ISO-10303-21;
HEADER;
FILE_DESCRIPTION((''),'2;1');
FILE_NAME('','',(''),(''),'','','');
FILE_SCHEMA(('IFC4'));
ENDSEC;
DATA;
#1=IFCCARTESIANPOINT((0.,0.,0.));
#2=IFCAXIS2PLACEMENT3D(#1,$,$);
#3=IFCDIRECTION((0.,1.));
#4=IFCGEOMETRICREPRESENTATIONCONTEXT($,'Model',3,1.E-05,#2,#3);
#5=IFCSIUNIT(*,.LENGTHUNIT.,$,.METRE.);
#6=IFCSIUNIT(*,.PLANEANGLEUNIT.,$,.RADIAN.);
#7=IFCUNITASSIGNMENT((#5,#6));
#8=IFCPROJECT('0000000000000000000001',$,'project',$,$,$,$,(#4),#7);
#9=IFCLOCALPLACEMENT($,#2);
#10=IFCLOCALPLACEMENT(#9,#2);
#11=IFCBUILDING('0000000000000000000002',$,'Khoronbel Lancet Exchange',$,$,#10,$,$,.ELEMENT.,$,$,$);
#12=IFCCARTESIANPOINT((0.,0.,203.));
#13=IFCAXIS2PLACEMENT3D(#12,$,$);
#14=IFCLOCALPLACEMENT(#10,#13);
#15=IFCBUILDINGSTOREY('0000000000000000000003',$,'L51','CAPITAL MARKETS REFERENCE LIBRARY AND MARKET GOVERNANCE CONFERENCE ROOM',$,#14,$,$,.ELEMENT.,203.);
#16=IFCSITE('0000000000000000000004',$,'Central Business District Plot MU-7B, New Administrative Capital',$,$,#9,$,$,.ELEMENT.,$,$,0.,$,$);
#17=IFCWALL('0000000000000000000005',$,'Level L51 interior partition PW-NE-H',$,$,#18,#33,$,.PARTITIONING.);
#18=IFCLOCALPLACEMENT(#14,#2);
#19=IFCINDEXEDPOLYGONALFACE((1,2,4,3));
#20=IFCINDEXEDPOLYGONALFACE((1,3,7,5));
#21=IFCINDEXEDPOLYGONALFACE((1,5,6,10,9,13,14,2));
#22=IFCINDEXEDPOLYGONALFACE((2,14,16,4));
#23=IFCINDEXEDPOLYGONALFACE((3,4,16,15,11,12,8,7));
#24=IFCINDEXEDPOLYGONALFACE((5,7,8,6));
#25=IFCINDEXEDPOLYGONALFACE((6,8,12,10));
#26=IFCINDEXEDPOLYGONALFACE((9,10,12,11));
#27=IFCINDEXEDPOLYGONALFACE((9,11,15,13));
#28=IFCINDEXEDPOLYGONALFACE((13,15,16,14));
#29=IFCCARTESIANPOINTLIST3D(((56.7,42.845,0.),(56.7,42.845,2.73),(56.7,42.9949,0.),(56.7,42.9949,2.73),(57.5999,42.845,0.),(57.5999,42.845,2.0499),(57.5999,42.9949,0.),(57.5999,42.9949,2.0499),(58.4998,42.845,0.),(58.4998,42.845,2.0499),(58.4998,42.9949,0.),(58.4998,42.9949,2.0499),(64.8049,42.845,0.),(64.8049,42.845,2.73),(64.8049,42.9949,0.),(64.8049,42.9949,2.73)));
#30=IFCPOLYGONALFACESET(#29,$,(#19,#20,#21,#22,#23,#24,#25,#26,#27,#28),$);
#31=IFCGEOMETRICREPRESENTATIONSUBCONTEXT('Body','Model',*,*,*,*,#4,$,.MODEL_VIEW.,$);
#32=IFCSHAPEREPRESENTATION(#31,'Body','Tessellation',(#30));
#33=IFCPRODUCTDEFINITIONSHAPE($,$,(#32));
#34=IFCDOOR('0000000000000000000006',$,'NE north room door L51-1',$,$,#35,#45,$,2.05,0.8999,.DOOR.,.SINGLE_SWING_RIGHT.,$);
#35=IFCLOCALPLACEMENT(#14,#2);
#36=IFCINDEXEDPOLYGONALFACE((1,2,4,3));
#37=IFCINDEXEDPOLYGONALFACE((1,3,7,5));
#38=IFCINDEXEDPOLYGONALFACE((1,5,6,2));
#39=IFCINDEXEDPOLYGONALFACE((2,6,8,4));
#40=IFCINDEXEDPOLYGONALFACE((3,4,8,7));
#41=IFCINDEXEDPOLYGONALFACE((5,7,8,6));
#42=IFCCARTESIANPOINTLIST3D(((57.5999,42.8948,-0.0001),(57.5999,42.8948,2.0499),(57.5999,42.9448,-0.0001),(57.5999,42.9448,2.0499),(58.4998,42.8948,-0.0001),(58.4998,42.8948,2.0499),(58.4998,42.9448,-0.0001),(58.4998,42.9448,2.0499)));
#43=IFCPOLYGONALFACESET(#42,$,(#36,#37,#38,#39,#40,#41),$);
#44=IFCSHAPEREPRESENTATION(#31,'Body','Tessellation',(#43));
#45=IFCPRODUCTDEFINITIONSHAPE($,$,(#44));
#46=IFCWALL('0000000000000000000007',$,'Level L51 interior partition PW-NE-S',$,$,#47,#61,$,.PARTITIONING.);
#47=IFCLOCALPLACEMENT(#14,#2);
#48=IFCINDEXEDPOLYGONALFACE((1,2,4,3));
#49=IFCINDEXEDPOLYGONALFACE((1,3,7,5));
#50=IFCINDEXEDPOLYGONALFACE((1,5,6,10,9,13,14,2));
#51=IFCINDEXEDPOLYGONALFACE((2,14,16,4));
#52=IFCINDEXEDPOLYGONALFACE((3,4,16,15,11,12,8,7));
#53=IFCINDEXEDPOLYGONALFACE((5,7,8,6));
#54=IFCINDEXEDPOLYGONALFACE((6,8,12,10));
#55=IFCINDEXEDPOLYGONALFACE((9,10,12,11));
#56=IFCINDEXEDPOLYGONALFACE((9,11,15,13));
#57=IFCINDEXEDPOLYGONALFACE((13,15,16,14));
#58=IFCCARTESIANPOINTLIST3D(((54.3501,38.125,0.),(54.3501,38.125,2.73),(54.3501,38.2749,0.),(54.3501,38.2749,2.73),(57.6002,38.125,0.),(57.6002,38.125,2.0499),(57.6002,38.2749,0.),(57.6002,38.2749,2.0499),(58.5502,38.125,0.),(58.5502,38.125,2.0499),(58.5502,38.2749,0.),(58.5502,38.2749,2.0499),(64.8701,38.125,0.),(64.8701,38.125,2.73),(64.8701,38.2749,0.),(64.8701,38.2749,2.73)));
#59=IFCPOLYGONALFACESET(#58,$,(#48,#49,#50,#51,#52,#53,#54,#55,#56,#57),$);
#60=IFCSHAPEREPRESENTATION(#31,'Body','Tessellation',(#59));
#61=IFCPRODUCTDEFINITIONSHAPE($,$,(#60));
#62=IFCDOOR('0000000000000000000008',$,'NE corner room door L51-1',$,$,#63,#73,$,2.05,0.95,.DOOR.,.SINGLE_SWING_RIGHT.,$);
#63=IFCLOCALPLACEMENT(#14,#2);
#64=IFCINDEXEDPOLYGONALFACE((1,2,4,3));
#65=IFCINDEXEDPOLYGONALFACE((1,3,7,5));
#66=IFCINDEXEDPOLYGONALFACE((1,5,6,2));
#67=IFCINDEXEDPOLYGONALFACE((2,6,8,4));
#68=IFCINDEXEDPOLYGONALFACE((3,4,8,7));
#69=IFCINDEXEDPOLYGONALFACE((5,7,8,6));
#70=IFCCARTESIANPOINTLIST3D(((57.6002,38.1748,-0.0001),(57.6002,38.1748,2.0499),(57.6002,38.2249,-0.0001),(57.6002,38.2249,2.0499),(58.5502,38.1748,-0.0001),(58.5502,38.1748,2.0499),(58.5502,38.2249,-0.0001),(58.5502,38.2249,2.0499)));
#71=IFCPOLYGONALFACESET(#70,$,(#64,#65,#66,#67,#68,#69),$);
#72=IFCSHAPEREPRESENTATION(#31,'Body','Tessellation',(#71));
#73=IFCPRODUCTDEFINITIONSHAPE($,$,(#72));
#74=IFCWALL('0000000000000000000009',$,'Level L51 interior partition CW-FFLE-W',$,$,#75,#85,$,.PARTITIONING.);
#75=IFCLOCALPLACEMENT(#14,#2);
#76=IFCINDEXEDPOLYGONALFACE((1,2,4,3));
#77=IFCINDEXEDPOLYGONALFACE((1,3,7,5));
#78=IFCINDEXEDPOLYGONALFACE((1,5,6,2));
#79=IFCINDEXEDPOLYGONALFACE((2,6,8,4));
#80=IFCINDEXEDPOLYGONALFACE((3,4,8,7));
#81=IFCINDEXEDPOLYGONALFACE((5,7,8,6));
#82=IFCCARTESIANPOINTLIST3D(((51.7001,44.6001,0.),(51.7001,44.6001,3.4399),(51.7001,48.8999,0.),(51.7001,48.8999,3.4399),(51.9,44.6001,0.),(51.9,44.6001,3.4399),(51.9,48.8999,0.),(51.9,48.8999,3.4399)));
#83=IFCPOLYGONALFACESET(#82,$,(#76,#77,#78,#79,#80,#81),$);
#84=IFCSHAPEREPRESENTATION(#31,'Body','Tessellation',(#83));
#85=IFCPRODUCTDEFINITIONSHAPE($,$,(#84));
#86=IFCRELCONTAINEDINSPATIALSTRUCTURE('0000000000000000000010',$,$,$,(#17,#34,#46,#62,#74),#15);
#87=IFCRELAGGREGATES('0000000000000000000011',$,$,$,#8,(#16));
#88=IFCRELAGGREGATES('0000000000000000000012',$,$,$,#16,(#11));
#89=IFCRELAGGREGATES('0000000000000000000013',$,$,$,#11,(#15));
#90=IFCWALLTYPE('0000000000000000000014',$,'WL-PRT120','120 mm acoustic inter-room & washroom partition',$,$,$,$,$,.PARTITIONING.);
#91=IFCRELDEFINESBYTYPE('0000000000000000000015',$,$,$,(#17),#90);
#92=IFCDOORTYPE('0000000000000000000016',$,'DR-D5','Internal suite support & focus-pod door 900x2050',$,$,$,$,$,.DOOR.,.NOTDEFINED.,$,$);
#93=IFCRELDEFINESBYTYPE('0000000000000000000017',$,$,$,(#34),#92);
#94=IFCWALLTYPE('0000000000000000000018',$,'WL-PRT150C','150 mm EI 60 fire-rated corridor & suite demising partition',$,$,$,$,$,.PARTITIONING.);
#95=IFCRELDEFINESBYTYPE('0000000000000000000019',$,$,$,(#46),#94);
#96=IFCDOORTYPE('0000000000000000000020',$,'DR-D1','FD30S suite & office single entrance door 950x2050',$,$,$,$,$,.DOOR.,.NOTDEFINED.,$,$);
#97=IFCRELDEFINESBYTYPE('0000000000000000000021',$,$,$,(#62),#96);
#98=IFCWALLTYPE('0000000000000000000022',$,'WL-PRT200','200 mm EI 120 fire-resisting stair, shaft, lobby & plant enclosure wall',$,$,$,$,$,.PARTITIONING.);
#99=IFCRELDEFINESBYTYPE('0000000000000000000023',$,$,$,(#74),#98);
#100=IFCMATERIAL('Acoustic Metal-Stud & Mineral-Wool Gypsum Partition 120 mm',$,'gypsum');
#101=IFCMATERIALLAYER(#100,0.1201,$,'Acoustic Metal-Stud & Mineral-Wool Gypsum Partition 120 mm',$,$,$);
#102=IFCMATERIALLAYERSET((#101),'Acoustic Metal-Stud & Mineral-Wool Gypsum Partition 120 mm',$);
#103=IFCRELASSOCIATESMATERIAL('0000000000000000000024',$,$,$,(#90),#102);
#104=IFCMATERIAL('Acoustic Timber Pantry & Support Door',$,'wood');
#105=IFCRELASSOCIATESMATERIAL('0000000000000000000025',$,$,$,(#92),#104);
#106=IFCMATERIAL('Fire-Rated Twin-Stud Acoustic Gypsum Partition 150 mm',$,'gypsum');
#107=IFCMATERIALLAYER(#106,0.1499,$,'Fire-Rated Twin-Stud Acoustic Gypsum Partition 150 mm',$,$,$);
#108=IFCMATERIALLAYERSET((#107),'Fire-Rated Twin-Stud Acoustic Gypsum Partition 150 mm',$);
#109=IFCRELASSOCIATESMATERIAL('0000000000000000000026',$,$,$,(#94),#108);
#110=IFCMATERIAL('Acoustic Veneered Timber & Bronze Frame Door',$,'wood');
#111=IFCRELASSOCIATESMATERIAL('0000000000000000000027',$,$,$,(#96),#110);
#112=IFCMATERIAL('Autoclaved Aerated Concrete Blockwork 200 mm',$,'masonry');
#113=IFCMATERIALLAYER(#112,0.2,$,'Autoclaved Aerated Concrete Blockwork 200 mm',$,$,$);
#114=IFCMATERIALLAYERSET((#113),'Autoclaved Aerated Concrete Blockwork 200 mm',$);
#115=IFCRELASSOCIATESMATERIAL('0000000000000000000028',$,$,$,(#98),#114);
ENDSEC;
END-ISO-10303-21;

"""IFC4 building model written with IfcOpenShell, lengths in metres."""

from ifc_helpers import new_model, si_unit, direction, frame, frame_2d, origin, place, context, subcontext, project, spatial, rectangle, extrude, material, layer, layer_set, type_object, element, fill, save


model = new_model("IFC4")

# Units and contexts
model_context = context("Model", 3, precision=1e-05, world=origin(), true_north=direction((0.0, 1.0)))
body_context = subcontext(model_context, "Body", "Model", "MODEL_VIEW")
ifc_project = project(units=[si_unit("LENGTHUNIT", "METRE"), si_unit("PLANEANGLEUNIT", "RADIAN")], contexts=[model_context])

# Site, building, storey
site_placement = place(None, origin())
site = spatial("IfcSite", under=ifc_project, at=site_placement, Name="Central Business District Plot MU-7B, New Administrative Capital", CompositionType="ELEMENT", RefElevation=0.0)
building_placement = place(site_placement, origin())
building = spatial("IfcBuilding", under=site, at=building_placement, Name="Khoronbel Lancet Exchange", CompositionType="ELEMENT")
storey_placement = place(building_placement, frame((0.0, 0.0, 203.0)))
storey = spatial("IfcBuildingStorey", under=building, at=storey_placement, Name="L51", Description="CAPITAL MARKETS REFERENCE LIBRARY AND MARKET GOVERNANCE CONFERENCE ROOM", CompositionType="ELEMENT", Elevation=203.0)

# Shared definitions
ifc_material_1 = material(Name="Acoustic Metal-Stud & Mineral-Wool Gypsum Partition 120 mm", Category="gypsum")
ifc_layer_1 = layer(ifc_material_1, 0.1201, Name="Acoustic Metal-Stud & Mineral-Wool Gypsum Partition 120 mm")
ifc_layer_set_1 = layer_set([ifc_layer_1], Name="Acoustic Metal-Stud & Mineral-Wool Gypsum Partition 120 mm")
wall_type_1 = type_object("IfcWallType", Name="WL-PRT120", Description="120 mm acoustic inter-room & washroom partition", PredefinedType="PARTITIONING", material=ifc_layer_set_1)

# Walls, openings, doors
wall_1_placement = place(storey_placement, frame((56.7, 42.9199, 0.0), z_axis=(0.0, 0.0, 1.0), x_axis=(1.0, 0.0, 0.0)))
wall_1 = element("IfcWall", 1, at=wall_1_placement, inside=storey, type_object=wall_type_1, Name="Level L51 interior partition PW-NE-H", PredefinedType="PARTITIONING", context=body_context, shape_type="SweptSolid", body=[
    extrude(rectangle(XDim=8.105, YDim=0.1499, at=frame_2d((4.0525, 0.0))), origin(), (0.0, 0.0, 1.0), 2.73),
])
opening_1_placement = place(wall_1_placement, frame((0.8999, 0.0, 0.0)))
opening_1 = element("IfcOpeningElement", 2, at=opening_1_placement, cuts=wall_1, PredefinedType="OPENING", context=body_context, shape_type="SweptSolid", body=[
    extrude(rectangle(XDim=0.8999, YDim=2.05, at=frame_2d((0.45, 1.0249))), frame((0.0, 0.085, 0.0), z_axis=(0.0, -1.0, 0.0), x_axis=(1.0, 0.0, 0.0)), (0.0, 0.0, 1.0), 0.1699),
])
ifc_material_2 = material(Name="Acoustic Timber Pantry & Support Door", Category="wood")
door_type_1 = type_object("IfcDoorType", Name="DR-D5", Description="Internal suite support & focus-pod door 900x2050", OperationType="NOTDEFINED", PredefinedType="DOOR", material=ifc_material_2)
door_1_placement = place(opening_1_placement, origin())
door_1 = element("IfcDoor", 3, at=door_1_placement, inside=storey, type_object=door_type_1, Name="NE north room door L51-1", OperationType="SINGLE_SWING_RIGHT", OverallHeight=2.05, OverallWidth=0.8999, PredefinedType="DOOR", context=body_context, shape_type="SweptSolid", body=[
    extrude(rectangle(XDim=0.8999, YDim=2.05, at=frame_2d((0.45, 1.0249))), frame((0.0, 0.0249, 0.0), z_axis=(0.0, -1.0, 0.0), x_axis=(1.0, 0.0, 0.0)), (0.0, 0.0, 1.0), 0.05),
])
fill(opening_1, door_1)
ifc_material_3 = material(Name="Fire-Rated Twin-Stud Acoustic Gypsum Partition 150 mm", Category="gypsum")
ifc_layer_2 = layer(ifc_material_3, 0.1499, Name="Fire-Rated Twin-Stud Acoustic Gypsum Partition 150 mm")
ifc_layer_set_2 = layer_set([ifc_layer_2], Name="Fire-Rated Twin-Stud Acoustic Gypsum Partition 150 mm")
wall_type_2 = type_object("IfcWallType", Name="WL-PRT150C", Description="150 mm EI 60 fire-rated corridor & suite demising partition", PredefinedType="PARTITIONING", material=ifc_layer_set_2)
wall_2_placement = place(storey_placement, frame((54.3501, 38.2, 0.0), z_axis=(0.0, 0.0, 1.0), x_axis=(1.0, 0.0, 0.0)))
wall_2 = element("IfcWall", 4, at=wall_2_placement, inside=storey, type_object=wall_type_2, Name="Level L51 interior partition PW-NE-S", PredefinedType="PARTITIONING", context=body_context, shape_type="SweptSolid", body=[
    extrude(rectangle(XDim=10.52, YDim=0.1499, at=frame_2d((5.26, 0.0))), origin(), (0.0, 0.0, 1.0), 2.73),
])
opening_2_placement = place(wall_2_placement, frame((3.25, 0.0, 0.0)))
opening_2 = element("IfcOpeningElement", 5, at=opening_2_placement, cuts=wall_2, PredefinedType="OPENING", context=body_context, shape_type="SweptSolid", body=[
    extrude(rectangle(XDim=0.95, YDim=2.05, at=frame_2d((0.4751, 1.0249))), frame((0.0, 0.085, 0.0), z_axis=(0.0, -1.0, 0.0), x_axis=(1.0, 0.0, 0.0)), (0.0, 0.0, 1.0), 0.1699),
])
ifc_material_4 = material(Name="Acoustic Veneered Timber & Bronze Frame Door", Category="wood")
door_type_2 = type_object("IfcDoorType", Name="DR-D1", Description="FD30S suite & office single entrance door 950x2050", OperationType="NOTDEFINED", PredefinedType="DOOR", material=ifc_material_4)
door_2_placement = place(opening_2_placement, origin())
door_2 = element("IfcDoor", 6, at=door_2_placement, inside=storey, type_object=door_type_2, Name="NE corner room door L51-1", OperationType="SINGLE_SWING_RIGHT", OverallHeight=2.05, OverallWidth=0.95, PredefinedType="DOOR", context=body_context, shape_type="SweptSolid", body=[
    extrude(rectangle(XDim=0.95, YDim=2.05, at=frame_2d((0.4751, 1.0249))), frame((0.0, 0.0249, 0.0), z_axis=(0.0, -1.0, 0.0), x_axis=(1.0, 0.0, 0.0)), (0.0, 0.0, 1.0), 0.05),
])
fill(opening_2, door_2)

# Wall
ifc_material_5 = material(Name="Autoclaved Aerated Concrete Blockwork 200 mm", Category="masonry")
ifc_layer_3 = layer(ifc_material_5, 0.2, Name="Autoclaved Aerated Concrete Blockwork 200 mm")
ifc_layer_set_3 = layer_set([ifc_layer_3], Name="Autoclaved Aerated Concrete Blockwork 200 mm")
wall_type_3 = type_object("IfcWallType", Name="WL-PRT200", Description="200 mm EI 120 fire-resisting stair, shaft, lobby & plant enclosure wall", PredefinedType="PARTITIONING", material=ifc_layer_set_3)
wall_3_placement = place(storey_placement, frame((51.8, 44.6001, 0.0), z_axis=(0.0, 0.0, 1.0), x_axis=(0.0, 1.0, 0.0)))
element("IfcWall", 7, at=wall_3_placement, inside=storey, type_object=wall_type_3, Name="Level L51 interior partition CW-FFLE-W", PredefinedType="PARTITIONING", context=body_context, shape_type="SweptSolid", body=[
    extrude(rectangle(XDim=4.2998, YDim=0.2, at=frame_2d((2.1499, 0.0))), origin(), (0.0, 0.0, 1.0), 3.4399),
])

save(model, "model.ifc")
